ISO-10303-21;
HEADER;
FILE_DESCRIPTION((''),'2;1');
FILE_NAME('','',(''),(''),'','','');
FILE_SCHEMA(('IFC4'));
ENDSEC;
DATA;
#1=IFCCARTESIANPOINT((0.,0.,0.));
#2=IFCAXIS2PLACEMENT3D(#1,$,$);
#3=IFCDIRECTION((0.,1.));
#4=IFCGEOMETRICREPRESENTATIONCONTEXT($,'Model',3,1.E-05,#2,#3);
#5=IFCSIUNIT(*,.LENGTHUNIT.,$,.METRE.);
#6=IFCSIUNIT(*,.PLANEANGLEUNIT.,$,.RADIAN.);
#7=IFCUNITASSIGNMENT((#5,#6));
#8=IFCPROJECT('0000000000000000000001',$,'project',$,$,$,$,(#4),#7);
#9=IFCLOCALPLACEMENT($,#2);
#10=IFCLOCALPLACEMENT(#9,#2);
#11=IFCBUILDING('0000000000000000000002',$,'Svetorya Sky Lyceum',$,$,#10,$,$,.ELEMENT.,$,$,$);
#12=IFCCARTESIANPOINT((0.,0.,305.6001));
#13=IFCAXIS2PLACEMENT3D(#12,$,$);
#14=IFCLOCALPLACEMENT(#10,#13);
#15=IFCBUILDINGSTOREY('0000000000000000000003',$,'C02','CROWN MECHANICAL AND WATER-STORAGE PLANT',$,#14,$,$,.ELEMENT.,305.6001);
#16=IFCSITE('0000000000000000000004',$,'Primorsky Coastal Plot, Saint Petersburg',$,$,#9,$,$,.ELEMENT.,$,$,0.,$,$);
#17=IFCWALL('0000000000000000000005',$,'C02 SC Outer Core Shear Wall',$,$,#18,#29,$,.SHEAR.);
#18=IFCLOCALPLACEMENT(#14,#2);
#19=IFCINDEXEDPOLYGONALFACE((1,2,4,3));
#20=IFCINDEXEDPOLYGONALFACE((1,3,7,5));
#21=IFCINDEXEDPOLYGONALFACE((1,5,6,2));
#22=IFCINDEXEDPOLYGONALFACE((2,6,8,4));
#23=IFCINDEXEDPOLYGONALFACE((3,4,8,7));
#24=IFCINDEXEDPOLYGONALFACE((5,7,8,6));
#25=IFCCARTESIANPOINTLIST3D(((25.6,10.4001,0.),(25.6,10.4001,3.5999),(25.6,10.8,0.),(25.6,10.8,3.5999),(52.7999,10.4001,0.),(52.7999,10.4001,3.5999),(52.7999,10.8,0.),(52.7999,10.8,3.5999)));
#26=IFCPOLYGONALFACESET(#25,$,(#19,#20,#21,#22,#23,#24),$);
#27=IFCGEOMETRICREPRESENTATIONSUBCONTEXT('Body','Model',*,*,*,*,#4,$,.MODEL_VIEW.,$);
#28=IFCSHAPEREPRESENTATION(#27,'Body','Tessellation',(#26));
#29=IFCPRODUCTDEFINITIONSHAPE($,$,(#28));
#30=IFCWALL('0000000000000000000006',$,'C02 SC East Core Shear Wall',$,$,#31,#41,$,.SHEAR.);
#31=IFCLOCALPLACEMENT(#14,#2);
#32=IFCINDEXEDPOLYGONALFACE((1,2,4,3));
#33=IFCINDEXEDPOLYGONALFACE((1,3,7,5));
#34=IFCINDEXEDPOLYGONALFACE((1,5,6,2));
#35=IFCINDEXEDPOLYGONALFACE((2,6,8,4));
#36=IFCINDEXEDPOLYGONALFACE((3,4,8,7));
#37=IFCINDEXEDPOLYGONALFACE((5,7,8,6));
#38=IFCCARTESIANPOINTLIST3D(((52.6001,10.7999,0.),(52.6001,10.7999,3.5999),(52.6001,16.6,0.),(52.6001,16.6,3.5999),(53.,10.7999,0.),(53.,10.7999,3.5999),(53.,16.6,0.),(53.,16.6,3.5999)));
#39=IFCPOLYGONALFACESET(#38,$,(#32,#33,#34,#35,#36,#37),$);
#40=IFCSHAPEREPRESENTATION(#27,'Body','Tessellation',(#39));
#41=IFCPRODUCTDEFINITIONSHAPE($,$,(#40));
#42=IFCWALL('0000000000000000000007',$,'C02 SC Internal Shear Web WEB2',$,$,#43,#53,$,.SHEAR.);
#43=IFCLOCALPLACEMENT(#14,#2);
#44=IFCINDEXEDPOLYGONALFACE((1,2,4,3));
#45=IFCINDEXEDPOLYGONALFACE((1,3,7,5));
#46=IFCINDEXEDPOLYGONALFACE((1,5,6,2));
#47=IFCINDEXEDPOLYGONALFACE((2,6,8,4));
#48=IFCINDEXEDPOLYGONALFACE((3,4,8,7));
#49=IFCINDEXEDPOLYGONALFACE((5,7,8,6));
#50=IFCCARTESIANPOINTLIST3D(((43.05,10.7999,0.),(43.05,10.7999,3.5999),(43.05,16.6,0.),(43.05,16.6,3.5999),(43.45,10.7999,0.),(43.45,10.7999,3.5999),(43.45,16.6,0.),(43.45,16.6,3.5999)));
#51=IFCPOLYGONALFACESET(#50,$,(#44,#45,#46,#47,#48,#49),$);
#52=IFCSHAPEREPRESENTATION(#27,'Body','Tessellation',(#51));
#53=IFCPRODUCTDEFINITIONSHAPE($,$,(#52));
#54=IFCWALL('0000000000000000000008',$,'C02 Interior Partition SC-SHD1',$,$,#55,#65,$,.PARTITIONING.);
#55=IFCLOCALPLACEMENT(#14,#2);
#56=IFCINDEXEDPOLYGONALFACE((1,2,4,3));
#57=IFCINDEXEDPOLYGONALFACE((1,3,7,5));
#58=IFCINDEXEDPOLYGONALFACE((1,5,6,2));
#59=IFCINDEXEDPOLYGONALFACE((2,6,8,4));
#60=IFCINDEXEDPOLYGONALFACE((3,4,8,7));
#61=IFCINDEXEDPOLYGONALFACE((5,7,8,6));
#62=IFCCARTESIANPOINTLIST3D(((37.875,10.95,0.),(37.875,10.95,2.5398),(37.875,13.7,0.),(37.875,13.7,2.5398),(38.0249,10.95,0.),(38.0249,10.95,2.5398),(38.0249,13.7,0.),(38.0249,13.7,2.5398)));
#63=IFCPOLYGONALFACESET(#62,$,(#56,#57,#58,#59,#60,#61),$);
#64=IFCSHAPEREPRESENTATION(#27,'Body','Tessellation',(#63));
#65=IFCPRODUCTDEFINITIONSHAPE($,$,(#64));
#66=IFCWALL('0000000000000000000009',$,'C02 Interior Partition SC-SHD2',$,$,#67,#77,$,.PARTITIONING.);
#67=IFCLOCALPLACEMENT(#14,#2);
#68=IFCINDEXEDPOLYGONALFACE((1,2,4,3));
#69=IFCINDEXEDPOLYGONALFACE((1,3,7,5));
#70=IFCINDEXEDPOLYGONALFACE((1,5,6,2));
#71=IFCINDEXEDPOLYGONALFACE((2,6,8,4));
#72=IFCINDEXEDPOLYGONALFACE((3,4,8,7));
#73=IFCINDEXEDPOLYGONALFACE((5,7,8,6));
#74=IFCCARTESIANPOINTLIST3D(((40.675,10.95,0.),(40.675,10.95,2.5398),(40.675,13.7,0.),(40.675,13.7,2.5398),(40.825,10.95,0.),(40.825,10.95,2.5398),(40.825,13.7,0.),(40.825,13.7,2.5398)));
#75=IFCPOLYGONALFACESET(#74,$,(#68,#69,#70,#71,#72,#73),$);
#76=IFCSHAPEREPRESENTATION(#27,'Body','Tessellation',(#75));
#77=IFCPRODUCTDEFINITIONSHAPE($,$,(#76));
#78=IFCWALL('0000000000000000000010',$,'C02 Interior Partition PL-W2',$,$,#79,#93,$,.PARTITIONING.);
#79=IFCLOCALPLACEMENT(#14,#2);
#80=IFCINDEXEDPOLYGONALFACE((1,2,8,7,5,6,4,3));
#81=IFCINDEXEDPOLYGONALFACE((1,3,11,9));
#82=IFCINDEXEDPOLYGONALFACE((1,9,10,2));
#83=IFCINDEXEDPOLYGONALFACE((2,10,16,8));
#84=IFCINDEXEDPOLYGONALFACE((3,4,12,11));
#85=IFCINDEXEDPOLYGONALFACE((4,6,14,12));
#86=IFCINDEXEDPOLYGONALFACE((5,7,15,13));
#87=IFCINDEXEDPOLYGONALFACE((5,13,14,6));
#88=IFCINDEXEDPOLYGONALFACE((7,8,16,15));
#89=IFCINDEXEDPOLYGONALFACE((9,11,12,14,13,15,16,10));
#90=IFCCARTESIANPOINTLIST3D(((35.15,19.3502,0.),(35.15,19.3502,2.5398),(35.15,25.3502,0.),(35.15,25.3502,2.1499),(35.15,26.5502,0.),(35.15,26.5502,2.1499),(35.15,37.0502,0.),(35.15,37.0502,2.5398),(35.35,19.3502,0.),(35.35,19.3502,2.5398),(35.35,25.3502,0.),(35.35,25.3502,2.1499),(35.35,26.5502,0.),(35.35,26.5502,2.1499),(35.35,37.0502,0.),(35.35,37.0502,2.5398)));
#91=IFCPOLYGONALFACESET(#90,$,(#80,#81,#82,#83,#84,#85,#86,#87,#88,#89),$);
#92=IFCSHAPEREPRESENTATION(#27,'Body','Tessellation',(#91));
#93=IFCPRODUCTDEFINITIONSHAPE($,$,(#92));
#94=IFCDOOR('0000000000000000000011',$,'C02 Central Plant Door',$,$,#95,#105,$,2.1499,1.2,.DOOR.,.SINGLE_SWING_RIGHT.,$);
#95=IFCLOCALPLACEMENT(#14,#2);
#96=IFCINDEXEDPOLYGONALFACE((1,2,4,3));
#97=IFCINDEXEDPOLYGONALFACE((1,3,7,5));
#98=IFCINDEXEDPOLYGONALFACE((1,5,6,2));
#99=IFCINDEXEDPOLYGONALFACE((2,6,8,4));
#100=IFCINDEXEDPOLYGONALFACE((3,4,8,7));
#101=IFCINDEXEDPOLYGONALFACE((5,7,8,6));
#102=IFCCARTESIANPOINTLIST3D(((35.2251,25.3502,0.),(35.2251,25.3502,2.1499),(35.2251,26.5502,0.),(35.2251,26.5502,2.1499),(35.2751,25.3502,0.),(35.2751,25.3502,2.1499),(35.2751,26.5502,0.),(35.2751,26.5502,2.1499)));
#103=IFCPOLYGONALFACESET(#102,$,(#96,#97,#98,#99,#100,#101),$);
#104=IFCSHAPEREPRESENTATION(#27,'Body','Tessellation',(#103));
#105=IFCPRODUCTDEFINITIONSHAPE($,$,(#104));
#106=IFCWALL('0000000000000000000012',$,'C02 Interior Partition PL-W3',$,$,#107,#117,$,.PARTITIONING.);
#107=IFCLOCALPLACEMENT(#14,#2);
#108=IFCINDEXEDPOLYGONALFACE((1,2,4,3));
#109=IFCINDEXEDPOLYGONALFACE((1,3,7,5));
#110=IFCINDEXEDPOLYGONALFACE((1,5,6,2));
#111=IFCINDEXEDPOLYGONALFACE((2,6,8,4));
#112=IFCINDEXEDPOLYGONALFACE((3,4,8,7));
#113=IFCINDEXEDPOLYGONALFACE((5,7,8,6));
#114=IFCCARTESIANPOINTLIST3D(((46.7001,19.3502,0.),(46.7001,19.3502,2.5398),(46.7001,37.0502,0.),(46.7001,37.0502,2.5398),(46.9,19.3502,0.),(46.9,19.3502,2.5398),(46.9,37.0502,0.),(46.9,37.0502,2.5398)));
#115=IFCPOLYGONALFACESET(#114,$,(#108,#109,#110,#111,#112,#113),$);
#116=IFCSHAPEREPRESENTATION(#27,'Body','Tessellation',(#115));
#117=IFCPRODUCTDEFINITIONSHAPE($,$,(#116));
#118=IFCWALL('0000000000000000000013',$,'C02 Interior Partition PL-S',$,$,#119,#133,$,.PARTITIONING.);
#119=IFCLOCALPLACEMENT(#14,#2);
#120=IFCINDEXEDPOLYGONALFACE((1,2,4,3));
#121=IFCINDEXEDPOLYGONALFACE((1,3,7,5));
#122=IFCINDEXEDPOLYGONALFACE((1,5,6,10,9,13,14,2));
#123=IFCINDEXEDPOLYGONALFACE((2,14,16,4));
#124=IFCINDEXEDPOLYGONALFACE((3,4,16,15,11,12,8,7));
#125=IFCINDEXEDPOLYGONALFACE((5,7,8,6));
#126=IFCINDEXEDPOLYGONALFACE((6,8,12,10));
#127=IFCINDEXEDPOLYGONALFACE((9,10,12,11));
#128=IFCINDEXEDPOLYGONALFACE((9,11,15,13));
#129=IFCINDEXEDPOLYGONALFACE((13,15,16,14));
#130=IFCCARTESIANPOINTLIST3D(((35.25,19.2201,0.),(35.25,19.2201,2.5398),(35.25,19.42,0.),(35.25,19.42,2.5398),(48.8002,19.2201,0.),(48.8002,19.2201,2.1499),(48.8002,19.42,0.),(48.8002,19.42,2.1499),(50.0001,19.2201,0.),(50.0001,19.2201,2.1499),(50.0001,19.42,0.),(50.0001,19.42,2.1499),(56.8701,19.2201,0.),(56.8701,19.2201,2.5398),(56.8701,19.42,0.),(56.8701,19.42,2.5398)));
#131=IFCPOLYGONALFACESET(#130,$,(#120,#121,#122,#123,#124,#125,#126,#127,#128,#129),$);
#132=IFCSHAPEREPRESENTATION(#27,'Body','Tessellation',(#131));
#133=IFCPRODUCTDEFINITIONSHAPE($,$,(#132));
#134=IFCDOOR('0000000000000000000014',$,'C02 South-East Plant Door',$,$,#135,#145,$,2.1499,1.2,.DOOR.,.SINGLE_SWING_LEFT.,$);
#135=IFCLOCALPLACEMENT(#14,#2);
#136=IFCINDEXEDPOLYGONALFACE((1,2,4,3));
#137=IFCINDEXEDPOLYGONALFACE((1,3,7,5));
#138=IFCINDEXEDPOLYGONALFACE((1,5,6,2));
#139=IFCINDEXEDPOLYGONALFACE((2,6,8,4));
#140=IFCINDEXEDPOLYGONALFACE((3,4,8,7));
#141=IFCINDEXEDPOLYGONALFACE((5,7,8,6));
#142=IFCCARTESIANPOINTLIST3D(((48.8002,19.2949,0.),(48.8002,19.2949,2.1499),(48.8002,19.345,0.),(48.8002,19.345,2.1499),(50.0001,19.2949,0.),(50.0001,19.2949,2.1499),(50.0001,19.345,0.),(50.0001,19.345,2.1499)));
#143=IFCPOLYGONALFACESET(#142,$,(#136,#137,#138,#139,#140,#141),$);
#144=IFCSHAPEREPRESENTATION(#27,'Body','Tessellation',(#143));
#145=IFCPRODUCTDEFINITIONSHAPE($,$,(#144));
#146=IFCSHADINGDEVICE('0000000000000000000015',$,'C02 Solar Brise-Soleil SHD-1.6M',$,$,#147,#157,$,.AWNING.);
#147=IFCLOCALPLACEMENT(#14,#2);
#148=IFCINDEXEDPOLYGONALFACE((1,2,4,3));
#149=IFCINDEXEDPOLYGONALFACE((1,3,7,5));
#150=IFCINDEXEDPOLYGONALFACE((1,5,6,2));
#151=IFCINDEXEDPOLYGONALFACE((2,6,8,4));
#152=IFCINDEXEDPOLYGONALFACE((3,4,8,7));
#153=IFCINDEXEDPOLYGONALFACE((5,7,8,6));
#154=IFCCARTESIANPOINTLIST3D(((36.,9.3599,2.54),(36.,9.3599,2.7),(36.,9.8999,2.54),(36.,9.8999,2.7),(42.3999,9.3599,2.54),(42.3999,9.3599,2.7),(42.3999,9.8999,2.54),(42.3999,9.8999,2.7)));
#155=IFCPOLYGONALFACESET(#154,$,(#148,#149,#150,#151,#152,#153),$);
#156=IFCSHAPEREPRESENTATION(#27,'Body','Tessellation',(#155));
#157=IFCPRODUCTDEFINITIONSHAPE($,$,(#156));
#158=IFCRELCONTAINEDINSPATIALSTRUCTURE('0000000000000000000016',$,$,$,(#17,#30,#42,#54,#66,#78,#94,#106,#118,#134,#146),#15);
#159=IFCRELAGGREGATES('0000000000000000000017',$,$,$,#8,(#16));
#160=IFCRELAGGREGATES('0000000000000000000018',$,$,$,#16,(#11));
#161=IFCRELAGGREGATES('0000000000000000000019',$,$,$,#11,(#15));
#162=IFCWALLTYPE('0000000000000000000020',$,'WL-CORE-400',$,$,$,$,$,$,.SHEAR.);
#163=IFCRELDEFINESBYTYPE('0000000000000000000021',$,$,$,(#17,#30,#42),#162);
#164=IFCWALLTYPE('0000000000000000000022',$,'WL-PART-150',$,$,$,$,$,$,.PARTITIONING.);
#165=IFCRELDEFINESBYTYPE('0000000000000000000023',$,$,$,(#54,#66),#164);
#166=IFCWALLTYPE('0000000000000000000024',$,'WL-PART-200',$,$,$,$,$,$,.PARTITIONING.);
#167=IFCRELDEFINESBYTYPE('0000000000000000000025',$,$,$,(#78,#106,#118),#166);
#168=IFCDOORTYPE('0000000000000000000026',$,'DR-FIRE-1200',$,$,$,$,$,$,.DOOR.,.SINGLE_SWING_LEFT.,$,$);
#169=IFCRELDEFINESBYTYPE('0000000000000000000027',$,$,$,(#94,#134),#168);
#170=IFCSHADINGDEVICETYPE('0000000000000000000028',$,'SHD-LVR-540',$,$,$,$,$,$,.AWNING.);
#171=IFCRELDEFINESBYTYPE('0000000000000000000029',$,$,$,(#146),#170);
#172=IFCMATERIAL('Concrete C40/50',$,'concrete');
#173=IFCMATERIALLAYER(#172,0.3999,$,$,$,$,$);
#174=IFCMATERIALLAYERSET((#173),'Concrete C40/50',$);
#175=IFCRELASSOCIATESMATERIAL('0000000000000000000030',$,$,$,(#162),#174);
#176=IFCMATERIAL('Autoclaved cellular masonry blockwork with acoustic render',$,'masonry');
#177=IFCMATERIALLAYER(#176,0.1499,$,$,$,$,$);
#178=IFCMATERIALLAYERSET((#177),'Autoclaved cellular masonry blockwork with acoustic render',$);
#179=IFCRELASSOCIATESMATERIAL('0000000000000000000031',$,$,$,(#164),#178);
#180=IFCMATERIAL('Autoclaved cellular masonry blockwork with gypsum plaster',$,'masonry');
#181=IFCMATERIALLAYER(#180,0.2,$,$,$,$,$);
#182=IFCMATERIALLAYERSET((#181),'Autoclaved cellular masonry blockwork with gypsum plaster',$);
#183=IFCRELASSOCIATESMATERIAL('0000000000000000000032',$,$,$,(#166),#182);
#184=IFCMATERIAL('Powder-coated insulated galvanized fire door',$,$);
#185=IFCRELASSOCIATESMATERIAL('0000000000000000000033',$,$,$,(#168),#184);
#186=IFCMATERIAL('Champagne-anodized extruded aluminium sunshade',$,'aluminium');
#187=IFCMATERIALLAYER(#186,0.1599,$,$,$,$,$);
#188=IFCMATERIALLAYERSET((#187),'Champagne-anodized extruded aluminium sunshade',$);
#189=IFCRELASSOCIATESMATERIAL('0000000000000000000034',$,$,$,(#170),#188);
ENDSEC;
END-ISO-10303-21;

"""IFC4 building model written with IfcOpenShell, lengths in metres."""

from ifc_helpers import new_model, si_unit, direction, frame, frame_2d, origin, origin_2d, place, context, subcontext, project, spatial, rectangle, extrude, material, layer, layer_set, type_object, element, fill, save


model = new_model("IFC4")

# Units and contexts
model_context = context("Model", 3, precision=1e-05, world=origin(), true_north=direction((0.0, 1.0)))
body_context = subcontext(model_context, "Body", "Model", "MODEL_VIEW")
ifc_project = project(units=[si_unit("LENGTHUNIT", "METRE"), si_unit("PLANEANGLEUNIT", "RADIAN")], contexts=[model_context])

# Site, building, storey
site_placement = place(None, origin())
site = spatial("IfcSite", under=ifc_project, at=site_placement, Name="Primorsky Coastal Plot, Saint Petersburg", CompositionType="ELEMENT", RefElevation=0.0)
building_placement = place(site_placement, origin())
building = spatial("IfcBuilding", under=site, at=building_placement, Name="Svetorya Sky Lyceum", CompositionType="ELEMENT")
storey_placement = place(building_placement, frame((0.0, 0.0, 305.6001)))
storey = spatial("IfcBuildingStorey", under=building, at=storey_placement, Name="C02", Description="CROWN MECHANICAL AND WATER-STORAGE PLANT", CompositionType="ELEMENT", Elevation=305.6001)

# Shared definitions
ifc_material_1 = material(Name="Concrete C40/50", Category="concrete")

# Walls
ifc_layer_1 = layer(ifc_material_1, 0.3999)
ifc_layer_set_1 = layer_set([ifc_layer_1], Name="Concrete C40/50")
wall_type_1 = type_object("IfcWallType", Name="WL-CORE-400", PredefinedType="SHEAR", material=ifc_layer_set_1)
wall_1_placement = place(storey_placement, frame((52.8, 10.6001, 0.0), z_axis=(0.0, 0.0, 1.0), x_axis=(-1.0, 0.0, 0.0)))
element("IfcWall", 1, at=wall_1_placement, inside=storey, type_object=wall_type_1, Name="C02 SC Outer Core Shear Wall", PredefinedType="SHEAR", context=body_context, shape_type="SweptSolid", body=[
    extrude(rectangle(XDim=27.2, YDim=0.3999, at=frame_2d((13.6001, 0.0))), origin(), (0.0, 0.0, 1.0), 3.5999),
])
for number, where, z_axis, x_axis, name in (
    (2, (52.8, 10.8, 0.0), (0.0, 0.0, 1.0), (0.0, 1.0, 0.0), "C02 SC East Core Shear Wall"),
    (3, (43.25, 10.8, 0.0), (0.0, 0.0, 1.0), (0.0, 1.0, 0.0), "C02 SC Internal Shear Web WEB2"),
):
    element("IfcWall", number, at=place(storey_placement, frame(where, z_axis=z_axis, x_axis=x_axis)), inside=storey, type_object=wall_type_1, Name=name, PredefinedType="SHEAR", context=body_context, shape_type="SweptSolid", body=[
        extrude(rectangle(XDim=5.8, YDim=0.3999, at=frame_2d((2.8999, 0.0))), origin(), (0.0, 0.0, 1.0), 3.5999),
    ])
ifc_material_2 = material(Name="Autoclaved cellular masonry blockwork with acoustic render", Category="masonry")
ifc_layer_2 = layer(ifc_material_2, 0.1499)
ifc_layer_set_2 = layer_set([ifc_layer_2], Name="Autoclaved cellular masonry blockwork with acoustic render")
wall_type_2 = type_object("IfcWallType", Name="WL-PART-150", PredefinedType="PARTITIONING", material=ifc_layer_set_2)
for number, where, z_axis, x_axis, name in (
    (4, (37.95, 10.95, 0.0), (0.0, 0.0, 1.0), (0.0, 1.0, 0.0), "C02 Interior Partition SC-SHD1"),
    (5, (40.75, 10.95, 0.0), (0.0, 0.0, 1.0), (0.0, 1.0, 0.0), "C02 Interior Partition SC-SHD2"),
):
    element("IfcWall", number, at=place(storey_placement, frame(where, z_axis=z_axis, x_axis=x_axis)), inside=storey, type_object=wall_type_2, Name=name, PredefinedType="PARTITIONING", context=body_context, shape_type="SweptSolid", body=[
        extrude(rectangle(XDim=2.75, YDim=0.1499, at=frame_2d((1.375, 0.0))), origin(), (0.0, 0.0, 1.0), 2.5398),
    ])

# Shared definitions
ifc_material_3 = material(Name="Autoclaved cellular masonry blockwork with gypsum plaster", Category="masonry")
ifc_layer_3 = layer(ifc_material_3, 0.2)
ifc_layer_set_3 = layer_set([ifc_layer_3], Name="Autoclaved cellular masonry blockwork with gypsum plaster")
wall_type_3 = type_object("IfcWallType", Name="WL-PART-200", PredefinedType="PARTITIONING", material=ifc_layer_set_3)

# Wall, opening, door
wall_2_placement = place(storey_placement, frame((35.25, 19.3501, 0.0), z_axis=(0.0, 0.0, 1.0), x_axis=(0.0, 1.0, 0.0)))
wall_2 = element("IfcWall", 6, at=wall_2_placement, inside=storey, type_object=wall_type_3, Name="C02 Interior Partition PL-W2", PredefinedType="PARTITIONING", context=body_context, shape_type="SweptSolid", body=[
    extrude(rectangle(XDim=17.7, YDim=0.2, at=frame_2d((8.8501, 0.0))), origin(), (0.0, 0.0, 1.0), 2.5398),
])
opening_1_placement = place(wall_2_placement, frame((6.0, 0.0, 0.0)))
opening_1 = element("IfcOpeningElement", 7, at=opening_1_placement, cuts=wall_2, PredefinedType="OPENING", context=body_context, shape_type="SweptSolid", body=[
    extrude(rectangle(XDim=1.2, YDim=2.1499, at=frame_2d((0.6001, 1.075))), frame((0.0, 0.1099, 0.0), z_axis=(0.0, -1.0, 0.0), x_axis=(1.0, 0.0, 0.0)), (0.0, 0.0, 1.0), 0.22),
])
ifc_material_4 = material(Name="Powder-coated insulated galvanized fire door")
door_type_1 = type_object("IfcDoorType", Name="DR-FIRE-1200", OperationType="SINGLE_SWING_LEFT", PredefinedType="DOOR", material=ifc_material_4)
door_1_placement = place(opening_1_placement, origin())
door_1 = element("IfcDoor", 8, at=door_1_placement, inside=storey, type_object=door_type_1, Name="C02 Central Plant Door", OperationType="SINGLE_SWING_RIGHT", OverallHeight=2.1499, OverallWidth=1.2, PredefinedType="DOOR", context=body_context, shape_type="SweptSolid", body=[
    extrude(rectangle(XDim=1.2, YDim=2.1499, at=frame_2d((0.6001, 1.075))), frame((0.0, 0.0249, 0.0), z_axis=(0.0, -1.0, 0.0), x_axis=(1.0, 0.0, 0.0)), (0.0, 0.0, 1.0), 0.05),
])
fill(opening_1, door_1)

# Wall
wall_3_placement = place(storey_placement, frame((46.8, 19.3501, 0.0), z_axis=(0.0, 0.0, 1.0), x_axis=(0.0, 1.0, 0.0)))
element("IfcWall", 9, at=wall_3_placement, inside=storey, type_object=wall_type_3, Name="C02 Interior Partition PL-W3", PredefinedType="PARTITIONING", context=body_context, shape_type="SweptSolid", body=[
    extrude(rectangle(XDim=17.7, YDim=0.2, at=frame_2d((8.8501, 0.0))), origin(), (0.0, 0.0, 1.0), 2.5398),
])

# Wall, opening, door
wall_4_placement = place(storey_placement, frame((35.25, 19.3201, 0.0), z_axis=(0.0, 0.0, 1.0), x_axis=(1.0, 0.0, 0.0)))
wall_4 = element("IfcWall", 10, at=wall_4_placement, inside=storey, type_object=wall_type_3, Name="C02 Interior Partition PL-S", PredefinedType="PARTITIONING", context=body_context, shape_type="SweptSolid", body=[
    extrude(rectangle(XDim=21.6201, YDim=0.2, at=frame_2d((10.8101, 0.0))), origin(), (0.0, 0.0, 1.0), 2.5398),
])
opening_2_placement = place(wall_4_placement, frame((13.55, 0.0, 0.0)))
opening_2 = element("IfcOpeningElement", 11, at=opening_2_placement, cuts=wall_4, PredefinedType="OPENING", context=body_context, shape_type="SweptSolid", body=[
    extrude(rectangle(XDim=1.2, YDim=2.1499, at=frame_2d((0.6001, 1.075))), frame((0.0, 0.1099, 0.0), z_axis=(0.0, -1.0, 0.0), x_axis=(1.0, 0.0, 0.0)), (0.0, 0.0, 1.0), 0.22),
])
door_2_placement = place(opening_2_placement, origin())
door_2 = element("IfcDoor", 12, at=door_2_placement, inside=storey, type_object=door_type_1, Name="C02 South-East Plant Door", OperationType="SINGLE_SWING_LEFT", OverallHeight=2.1499, OverallWidth=1.2, PredefinedType="DOOR", context=body_context, shape_type="SweptSolid", body=[
    extrude(rectangle(XDim=1.2, YDim=2.1499, at=frame_2d((0.6001, 1.075))), frame((0.0, 0.0249, 0.0), z_axis=(0.0, -1.0, 0.0), x_axis=(1.0, 0.0, 0.0)), (0.0, 0.0, 1.0), 0.05),
])
fill(opening_2, door_2)

# Shading device
ifc_material_5 = material(Name="Champagne-anodized extruded aluminium sunshade", Category="aluminium")
ifc_layer_4 = layer(ifc_material_5, 0.1599)
ifc_layer_set_4 = layer_set([ifc_layer_4], Name="Champagne-anodized extruded aluminium sunshade")
shading_device_type = type_object("IfcShadingDeviceType", Name="SHD-LVR-540", PredefinedType="AWNING", material=ifc_layer_set_4)
shading_device_placement = place(storey_placement, frame((39.2, 9.6299, 2.54), z_axis=(0.0, 0.0, 1.0), x_axis=(1.0, 0.0, 0.0)))
element("IfcShadingDevice", 13, at=shading_device_placement, inside=storey, type_object=shading_device_type, Name="C02 Solar Brise-Soleil SHD-1.6M", PredefinedType="AWNING", context=body_context, shape_type="SweptSolid", body=[
    extrude(rectangle(XDim=6.3999, YDim=0.54, at=origin_2d()), origin(), (0.0, 0.0, 1.0), 0.1599),
])

save(model, "model.ifc")
